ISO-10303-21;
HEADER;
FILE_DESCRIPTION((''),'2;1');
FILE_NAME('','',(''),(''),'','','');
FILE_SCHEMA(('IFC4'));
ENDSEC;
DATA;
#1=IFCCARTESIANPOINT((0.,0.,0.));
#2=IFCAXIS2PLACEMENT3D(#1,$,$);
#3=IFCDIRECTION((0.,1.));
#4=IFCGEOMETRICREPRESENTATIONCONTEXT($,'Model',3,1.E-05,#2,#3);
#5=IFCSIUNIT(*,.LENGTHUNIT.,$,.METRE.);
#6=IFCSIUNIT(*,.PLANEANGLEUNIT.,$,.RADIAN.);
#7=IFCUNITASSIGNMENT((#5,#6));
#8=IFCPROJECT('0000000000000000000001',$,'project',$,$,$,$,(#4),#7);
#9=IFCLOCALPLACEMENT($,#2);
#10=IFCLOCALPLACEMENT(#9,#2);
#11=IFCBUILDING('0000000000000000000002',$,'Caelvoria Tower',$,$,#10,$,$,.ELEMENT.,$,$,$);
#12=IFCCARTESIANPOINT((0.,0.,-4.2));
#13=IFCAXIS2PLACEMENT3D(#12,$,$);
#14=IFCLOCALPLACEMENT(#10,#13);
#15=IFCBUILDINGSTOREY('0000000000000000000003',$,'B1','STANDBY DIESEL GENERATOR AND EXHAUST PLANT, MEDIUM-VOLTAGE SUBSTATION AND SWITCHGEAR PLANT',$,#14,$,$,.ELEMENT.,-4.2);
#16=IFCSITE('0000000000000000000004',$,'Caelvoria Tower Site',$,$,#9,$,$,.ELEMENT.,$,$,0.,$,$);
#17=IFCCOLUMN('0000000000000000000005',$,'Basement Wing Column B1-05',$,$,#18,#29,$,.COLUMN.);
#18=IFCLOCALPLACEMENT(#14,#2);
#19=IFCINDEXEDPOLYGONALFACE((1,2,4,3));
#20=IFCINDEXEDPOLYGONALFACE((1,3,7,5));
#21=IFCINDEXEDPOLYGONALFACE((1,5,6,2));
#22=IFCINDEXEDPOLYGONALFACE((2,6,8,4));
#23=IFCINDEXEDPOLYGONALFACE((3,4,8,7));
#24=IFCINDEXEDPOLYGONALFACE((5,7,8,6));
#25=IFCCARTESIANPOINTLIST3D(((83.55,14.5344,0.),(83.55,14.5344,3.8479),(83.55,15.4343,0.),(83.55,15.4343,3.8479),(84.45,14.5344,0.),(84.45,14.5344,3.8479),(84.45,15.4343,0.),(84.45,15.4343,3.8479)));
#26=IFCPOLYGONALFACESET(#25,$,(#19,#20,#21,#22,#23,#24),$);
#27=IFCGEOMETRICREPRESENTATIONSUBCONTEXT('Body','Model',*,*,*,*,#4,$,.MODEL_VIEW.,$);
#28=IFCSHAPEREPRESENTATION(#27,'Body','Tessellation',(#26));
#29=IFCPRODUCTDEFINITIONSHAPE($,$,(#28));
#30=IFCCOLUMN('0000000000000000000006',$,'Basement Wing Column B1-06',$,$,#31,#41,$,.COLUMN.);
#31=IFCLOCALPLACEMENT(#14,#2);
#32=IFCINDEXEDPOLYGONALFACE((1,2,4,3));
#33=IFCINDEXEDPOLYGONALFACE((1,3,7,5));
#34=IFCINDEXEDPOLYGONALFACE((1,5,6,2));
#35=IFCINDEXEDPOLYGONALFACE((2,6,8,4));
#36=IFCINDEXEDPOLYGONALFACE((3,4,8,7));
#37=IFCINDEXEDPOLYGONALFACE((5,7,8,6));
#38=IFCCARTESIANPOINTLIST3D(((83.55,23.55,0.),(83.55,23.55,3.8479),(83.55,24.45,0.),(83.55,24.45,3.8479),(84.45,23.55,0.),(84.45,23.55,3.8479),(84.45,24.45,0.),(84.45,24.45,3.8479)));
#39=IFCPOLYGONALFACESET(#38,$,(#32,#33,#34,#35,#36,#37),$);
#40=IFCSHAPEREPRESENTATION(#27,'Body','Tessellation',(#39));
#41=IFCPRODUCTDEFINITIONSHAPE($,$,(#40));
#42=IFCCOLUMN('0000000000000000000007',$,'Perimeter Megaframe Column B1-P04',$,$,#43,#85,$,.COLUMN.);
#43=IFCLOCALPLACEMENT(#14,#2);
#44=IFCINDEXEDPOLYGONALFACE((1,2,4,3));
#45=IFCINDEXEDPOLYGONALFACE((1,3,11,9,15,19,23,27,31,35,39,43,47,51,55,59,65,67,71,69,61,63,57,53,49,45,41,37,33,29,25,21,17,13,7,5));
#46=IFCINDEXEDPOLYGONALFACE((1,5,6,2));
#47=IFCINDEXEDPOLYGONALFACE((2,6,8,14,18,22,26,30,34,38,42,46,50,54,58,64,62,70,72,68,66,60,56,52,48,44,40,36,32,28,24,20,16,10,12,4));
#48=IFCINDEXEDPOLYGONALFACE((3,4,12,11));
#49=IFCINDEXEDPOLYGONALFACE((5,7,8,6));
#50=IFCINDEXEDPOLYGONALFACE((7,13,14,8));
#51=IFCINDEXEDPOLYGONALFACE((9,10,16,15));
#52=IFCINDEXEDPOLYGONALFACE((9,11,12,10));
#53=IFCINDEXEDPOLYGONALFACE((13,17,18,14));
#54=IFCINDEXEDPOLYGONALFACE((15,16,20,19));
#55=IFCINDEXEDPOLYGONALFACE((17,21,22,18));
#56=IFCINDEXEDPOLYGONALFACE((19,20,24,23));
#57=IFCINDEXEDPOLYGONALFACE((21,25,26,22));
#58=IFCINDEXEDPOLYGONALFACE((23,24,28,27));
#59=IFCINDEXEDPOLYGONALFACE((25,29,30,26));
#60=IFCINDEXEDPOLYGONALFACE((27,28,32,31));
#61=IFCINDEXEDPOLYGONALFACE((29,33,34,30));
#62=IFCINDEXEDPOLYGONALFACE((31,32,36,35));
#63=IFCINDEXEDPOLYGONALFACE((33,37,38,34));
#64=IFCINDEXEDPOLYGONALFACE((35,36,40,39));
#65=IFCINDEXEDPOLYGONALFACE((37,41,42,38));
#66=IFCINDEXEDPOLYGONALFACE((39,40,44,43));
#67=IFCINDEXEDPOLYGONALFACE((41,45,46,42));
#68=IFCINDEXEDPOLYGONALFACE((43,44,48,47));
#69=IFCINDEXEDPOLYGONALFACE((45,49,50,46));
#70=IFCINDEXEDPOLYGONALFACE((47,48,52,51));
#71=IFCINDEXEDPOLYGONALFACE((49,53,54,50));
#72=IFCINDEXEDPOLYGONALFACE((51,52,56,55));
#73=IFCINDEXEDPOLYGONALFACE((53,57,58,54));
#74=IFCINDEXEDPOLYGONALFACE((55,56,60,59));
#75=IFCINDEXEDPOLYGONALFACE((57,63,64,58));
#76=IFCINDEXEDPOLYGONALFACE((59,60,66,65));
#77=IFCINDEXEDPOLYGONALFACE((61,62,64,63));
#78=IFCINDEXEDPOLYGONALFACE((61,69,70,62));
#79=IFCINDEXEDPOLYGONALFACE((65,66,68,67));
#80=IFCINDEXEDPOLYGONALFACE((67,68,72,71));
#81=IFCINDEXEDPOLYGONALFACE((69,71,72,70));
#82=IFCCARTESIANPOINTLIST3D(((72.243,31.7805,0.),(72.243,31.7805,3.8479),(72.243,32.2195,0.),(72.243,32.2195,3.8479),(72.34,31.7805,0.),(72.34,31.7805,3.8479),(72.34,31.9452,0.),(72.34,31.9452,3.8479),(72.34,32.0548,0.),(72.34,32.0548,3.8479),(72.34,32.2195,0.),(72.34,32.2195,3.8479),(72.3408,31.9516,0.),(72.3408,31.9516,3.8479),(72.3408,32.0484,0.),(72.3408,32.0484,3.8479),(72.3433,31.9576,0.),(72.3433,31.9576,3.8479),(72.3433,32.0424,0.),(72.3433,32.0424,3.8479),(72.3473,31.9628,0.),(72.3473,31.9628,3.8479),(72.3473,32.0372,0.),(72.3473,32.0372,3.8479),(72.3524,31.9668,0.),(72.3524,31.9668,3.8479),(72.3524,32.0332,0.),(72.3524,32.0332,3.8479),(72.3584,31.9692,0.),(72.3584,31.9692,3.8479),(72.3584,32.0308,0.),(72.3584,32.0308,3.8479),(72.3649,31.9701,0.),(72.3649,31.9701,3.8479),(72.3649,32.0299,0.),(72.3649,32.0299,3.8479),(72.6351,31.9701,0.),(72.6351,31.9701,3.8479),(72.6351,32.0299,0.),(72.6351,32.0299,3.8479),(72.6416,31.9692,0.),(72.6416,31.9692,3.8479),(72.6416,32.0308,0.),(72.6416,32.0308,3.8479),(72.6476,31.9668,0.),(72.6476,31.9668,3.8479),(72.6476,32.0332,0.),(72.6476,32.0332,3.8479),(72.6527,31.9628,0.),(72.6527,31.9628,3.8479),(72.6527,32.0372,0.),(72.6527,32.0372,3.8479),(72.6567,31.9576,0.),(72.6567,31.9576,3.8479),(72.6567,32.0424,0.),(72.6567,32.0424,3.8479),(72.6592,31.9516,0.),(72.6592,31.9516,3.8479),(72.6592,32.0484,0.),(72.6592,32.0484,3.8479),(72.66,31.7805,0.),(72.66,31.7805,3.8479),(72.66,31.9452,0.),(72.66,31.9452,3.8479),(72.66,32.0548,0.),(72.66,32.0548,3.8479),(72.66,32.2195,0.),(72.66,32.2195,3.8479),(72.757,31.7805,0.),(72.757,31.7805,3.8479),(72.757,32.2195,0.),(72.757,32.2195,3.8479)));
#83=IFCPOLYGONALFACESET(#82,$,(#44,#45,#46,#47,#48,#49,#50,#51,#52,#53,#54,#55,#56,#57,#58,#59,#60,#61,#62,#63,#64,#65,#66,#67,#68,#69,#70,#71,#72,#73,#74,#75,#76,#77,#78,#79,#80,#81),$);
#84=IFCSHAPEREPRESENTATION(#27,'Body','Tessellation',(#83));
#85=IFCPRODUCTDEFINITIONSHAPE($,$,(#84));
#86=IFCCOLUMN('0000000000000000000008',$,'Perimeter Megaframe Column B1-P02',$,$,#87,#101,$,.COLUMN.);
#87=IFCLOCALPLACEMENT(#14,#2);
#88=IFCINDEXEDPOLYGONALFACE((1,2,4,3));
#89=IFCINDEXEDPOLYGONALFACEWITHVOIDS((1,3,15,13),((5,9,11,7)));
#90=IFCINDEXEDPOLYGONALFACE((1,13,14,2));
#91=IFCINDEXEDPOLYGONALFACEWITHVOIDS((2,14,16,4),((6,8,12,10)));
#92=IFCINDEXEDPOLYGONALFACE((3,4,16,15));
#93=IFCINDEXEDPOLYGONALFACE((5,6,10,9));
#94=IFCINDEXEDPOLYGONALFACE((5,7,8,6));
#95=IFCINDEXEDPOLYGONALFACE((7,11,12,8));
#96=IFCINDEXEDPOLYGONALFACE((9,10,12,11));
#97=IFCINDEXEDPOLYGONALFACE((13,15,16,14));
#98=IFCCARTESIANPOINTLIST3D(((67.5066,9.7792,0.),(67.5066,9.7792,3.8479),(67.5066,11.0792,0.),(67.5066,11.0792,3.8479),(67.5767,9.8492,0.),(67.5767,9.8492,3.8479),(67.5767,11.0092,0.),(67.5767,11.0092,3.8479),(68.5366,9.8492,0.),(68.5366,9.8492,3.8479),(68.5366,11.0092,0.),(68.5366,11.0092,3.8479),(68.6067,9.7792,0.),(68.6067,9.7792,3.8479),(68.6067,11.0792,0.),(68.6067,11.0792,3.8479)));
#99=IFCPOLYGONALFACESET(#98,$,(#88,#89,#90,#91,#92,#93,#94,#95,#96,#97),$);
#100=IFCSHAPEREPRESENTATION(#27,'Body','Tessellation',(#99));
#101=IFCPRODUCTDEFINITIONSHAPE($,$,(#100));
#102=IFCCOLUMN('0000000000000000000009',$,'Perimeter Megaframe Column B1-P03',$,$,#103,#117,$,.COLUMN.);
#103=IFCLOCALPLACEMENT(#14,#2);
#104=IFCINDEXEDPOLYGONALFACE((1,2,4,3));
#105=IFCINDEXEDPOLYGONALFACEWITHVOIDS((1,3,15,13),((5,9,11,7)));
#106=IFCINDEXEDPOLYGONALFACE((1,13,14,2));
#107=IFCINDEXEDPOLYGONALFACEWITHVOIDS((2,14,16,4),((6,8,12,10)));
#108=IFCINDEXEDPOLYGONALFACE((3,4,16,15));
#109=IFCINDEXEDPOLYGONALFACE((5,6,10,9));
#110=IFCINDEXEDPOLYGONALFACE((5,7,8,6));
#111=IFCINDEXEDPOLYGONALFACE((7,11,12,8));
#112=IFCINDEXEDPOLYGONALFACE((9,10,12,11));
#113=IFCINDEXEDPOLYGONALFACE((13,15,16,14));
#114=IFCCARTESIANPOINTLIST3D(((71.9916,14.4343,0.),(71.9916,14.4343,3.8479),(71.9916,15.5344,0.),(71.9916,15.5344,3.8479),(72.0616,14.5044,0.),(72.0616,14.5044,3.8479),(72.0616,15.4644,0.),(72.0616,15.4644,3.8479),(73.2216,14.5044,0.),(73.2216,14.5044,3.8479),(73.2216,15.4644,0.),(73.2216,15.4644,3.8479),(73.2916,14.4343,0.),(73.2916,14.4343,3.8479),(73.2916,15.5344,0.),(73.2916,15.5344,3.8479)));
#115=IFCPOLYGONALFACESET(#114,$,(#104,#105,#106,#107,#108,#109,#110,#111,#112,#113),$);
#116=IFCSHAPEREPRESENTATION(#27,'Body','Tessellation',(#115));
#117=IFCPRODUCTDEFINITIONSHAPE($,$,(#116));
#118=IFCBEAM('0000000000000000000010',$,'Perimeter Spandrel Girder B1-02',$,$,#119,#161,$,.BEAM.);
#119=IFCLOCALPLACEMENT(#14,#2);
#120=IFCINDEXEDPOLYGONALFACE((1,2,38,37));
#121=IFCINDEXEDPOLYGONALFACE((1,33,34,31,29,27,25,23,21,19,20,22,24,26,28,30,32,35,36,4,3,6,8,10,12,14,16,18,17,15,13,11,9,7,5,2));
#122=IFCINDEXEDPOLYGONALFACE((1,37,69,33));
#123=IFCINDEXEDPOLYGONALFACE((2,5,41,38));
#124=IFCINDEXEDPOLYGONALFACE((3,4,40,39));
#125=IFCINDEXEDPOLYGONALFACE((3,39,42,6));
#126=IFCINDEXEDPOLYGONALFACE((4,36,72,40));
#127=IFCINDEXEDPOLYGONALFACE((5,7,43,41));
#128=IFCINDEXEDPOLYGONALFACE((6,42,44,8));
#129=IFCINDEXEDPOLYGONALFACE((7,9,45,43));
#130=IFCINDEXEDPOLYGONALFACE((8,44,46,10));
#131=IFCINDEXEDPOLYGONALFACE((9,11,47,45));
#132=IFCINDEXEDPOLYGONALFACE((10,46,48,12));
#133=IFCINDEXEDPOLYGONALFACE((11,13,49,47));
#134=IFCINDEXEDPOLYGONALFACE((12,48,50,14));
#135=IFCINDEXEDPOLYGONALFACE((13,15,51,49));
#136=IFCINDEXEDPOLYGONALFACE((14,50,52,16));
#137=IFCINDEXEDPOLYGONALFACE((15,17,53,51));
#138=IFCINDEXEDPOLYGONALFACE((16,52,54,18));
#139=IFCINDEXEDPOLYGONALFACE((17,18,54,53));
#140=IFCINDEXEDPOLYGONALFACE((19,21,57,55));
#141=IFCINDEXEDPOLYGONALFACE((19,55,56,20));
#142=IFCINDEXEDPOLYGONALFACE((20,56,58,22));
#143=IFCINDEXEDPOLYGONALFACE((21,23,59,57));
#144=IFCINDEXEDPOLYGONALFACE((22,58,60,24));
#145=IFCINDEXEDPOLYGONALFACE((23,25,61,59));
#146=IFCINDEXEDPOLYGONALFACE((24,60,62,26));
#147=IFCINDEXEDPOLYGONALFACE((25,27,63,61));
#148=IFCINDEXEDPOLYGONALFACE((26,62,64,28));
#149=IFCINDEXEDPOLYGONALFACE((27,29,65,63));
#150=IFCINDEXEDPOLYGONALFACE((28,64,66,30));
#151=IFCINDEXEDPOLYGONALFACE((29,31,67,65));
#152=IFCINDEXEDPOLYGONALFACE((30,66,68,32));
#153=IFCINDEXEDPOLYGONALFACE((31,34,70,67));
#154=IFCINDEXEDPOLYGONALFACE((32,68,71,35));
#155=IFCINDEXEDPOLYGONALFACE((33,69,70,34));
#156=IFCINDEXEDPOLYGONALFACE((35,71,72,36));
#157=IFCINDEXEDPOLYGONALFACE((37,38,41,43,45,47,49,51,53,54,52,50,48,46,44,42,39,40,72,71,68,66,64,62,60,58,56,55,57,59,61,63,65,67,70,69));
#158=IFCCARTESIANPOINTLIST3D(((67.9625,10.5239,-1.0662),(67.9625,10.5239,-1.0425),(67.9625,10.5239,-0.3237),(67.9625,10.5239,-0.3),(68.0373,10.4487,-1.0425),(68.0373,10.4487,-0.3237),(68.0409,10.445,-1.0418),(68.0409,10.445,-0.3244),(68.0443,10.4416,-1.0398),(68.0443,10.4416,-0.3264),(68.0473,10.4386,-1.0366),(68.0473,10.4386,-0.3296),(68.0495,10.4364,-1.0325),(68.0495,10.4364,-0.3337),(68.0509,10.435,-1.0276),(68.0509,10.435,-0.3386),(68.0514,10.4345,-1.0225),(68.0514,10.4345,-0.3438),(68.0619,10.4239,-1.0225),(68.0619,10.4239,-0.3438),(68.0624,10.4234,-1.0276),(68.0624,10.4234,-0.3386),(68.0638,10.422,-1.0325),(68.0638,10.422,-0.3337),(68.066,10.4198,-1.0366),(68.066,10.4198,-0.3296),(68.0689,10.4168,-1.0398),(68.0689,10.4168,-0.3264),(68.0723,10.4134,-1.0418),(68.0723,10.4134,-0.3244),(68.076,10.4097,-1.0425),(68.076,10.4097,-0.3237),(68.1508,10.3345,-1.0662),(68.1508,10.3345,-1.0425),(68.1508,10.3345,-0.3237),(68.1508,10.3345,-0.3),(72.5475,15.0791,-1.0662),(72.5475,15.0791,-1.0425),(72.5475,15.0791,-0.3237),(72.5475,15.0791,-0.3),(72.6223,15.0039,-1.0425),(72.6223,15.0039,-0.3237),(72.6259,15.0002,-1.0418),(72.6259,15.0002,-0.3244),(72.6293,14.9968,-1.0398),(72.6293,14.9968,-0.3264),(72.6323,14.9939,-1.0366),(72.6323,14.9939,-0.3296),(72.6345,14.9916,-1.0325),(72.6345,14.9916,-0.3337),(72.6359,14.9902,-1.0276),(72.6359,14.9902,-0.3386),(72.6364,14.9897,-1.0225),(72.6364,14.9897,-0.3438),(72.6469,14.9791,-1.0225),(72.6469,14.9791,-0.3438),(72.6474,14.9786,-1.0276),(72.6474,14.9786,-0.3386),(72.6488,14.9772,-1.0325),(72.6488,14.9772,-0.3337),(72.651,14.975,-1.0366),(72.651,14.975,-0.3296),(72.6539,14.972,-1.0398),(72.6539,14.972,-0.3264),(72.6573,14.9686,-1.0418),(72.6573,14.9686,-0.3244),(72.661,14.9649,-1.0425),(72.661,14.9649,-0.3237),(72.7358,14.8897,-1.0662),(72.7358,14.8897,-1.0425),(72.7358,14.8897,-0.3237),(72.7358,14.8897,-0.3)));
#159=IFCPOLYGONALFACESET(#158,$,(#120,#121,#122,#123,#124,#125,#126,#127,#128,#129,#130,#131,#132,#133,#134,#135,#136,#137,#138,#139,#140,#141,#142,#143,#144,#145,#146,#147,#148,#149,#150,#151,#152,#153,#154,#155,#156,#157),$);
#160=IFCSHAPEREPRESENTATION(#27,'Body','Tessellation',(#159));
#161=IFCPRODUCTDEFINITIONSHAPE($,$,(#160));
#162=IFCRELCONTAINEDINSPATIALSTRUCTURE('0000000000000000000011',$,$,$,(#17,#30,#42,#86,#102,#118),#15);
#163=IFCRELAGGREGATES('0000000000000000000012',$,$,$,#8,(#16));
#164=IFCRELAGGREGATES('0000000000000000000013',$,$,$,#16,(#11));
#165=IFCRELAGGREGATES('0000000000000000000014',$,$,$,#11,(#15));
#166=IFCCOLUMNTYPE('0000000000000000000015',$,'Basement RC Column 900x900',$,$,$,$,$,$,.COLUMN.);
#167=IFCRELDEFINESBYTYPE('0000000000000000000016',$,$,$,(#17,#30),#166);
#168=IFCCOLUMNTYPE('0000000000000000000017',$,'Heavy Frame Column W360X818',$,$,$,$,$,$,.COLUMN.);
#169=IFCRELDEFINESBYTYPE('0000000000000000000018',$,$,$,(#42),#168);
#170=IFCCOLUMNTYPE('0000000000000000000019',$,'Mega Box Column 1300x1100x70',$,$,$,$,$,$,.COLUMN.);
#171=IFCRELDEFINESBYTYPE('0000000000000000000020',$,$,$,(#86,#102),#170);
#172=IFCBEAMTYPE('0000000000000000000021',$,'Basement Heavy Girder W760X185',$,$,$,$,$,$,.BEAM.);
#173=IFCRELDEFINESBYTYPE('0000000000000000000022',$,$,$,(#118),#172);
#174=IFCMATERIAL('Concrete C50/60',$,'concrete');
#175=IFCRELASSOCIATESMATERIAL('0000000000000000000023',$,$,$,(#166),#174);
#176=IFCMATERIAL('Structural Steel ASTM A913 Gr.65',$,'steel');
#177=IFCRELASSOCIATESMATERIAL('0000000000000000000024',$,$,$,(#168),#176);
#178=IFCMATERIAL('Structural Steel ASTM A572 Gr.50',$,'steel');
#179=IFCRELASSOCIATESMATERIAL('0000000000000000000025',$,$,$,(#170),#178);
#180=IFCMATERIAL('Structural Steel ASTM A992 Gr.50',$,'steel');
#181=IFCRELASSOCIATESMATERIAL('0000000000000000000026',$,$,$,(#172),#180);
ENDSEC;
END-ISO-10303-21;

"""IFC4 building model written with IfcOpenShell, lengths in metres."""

from ifc_helpers import new_model, si_unit, direction, frame, origin, origin_2d, place, context, subcontext, project, spatial, rectangle, hollow_rectangle, i_section, extrude, material, material_profile, profile_set, type_object, element, save


model = new_model("IFC4")

# Units and contexts
model_context = context("Model", 3, precision=1e-05, world=origin(), true_north=direction((0.0, 1.0)))
body_context = subcontext(model_context, "Body", "Model", "MODEL_VIEW")
ifc_project = project(units=[si_unit("LENGTHUNIT", "METRE"), si_unit("PLANEANGLEUNIT", "RADIAN")], contexts=[model_context])

# Site, building, storey
site_placement = place(None, origin())
site = spatial("IfcSite", under=ifc_project, at=site_placement, Name="Caelvoria Tower Site", CompositionType="ELEMENT", RefElevation=0.0)
building_placement = place(site_placement, origin())
building = spatial("IfcBuilding", under=site, at=building_placement, Name="Caelvoria Tower", CompositionType="ELEMENT")
storey_placement = place(building_placement, frame((0.0, 0.0, -4.2)))
storey = spatial("IfcBuildingStorey", under=building, at=storey_placement, Name="B1", Description="STANDBY DIESEL GENERATOR AND EXHAUST PLANT, MEDIUM-VOLTAGE SUBSTATION AND SWITCHGEAR PLANT", CompositionType="ELEMENT", Elevation=-4.2)

# Columns
ifc_material_1 = material(Name="Concrete C50/60", Category="concrete")
ifc_material_profile_1 = material_profile(ifc_material_1, rectangle(XDim=0.8999, YDim=0.8999, at=origin_2d()), Name="Concrete C50/60")
ifc_profile_set_1 = profile_set([ifc_material_profile_1], Name="RC_COL_900X900 - Concrete C50/60")
column_type_1 = type_object("IfcColumnType", Name="Basement RC Column 900x900", PredefinedType="COLUMN", material=ifc_profile_set_1)
for number, where, z_axis, x_axis, name in (
    (1, (84.0, 14.9844, 0.0), (0.0, 0.0, 1.0), (1.0, 0.0, 0.0), "Basement Wing Column B1-05"),
    (2, (84.0, 24.0, 0.0), (0.0, 0.0, 1.0), (1.0, 0.0, 0.0), "Basement Wing Column B1-06"),
):
    element("IfcColumn", number, at=place(storey_placement, frame(where, z_axis=z_axis, x_axis=x_axis)), inside=storey, type_object=column_type_1, Name=name, PredefinedType="COLUMN", context=body_context, shape_type="SweptSolid", body=[
        extrude(rectangle(XDim=0.8999, YDim=0.8999, at=origin_2d()), origin(), (0.0, 0.0, 1.0), 3.8479),
    ])
ifc_material_2 = material(Name="Structural Steel ASTM A913 Gr.65", Category="steel")
ifc_material_profile_2 = material_profile(ifc_material_2, i_section(OverallWidth=0.439, OverallDepth=0.5139, WebThickness=0.0598, FlangeThickness=0.0969, FilletRadius=0.0249, at=origin_2d()), Name="Structural Steel ASTM A913 Gr.65")
ifc_profile_set_2 = profile_set([ifc_material_profile_2], Name="W360X818 - Structural Steel ASTM A913 Gr.65")
column_type_2 = type_object("IfcColumnType", Name="Heavy Frame Column W360X818", PredefinedType="COLUMN", material=ifc_profile_set_2)
column_placement = place(storey_placement, frame((72.5, 32.0, 0.0), z_axis=(0.0, 0.0, 1.0), x_axis=(0.0, 1.0, 0.0)))
element("IfcColumn", 3, at=column_placement, inside=storey, type_object=column_type_2, Name="Perimeter Megaframe Column B1-P04", PredefinedType="COLUMN", context=body_context, shape_type="SweptSolid", body=[
    extrude(i_section(OverallWidth=0.439, OverallDepth=0.5139, WebThickness=0.0598, FlangeThickness=0.0969, FilletRadius=0.0249, at=origin_2d()), origin(), (0.0, 0.0, 1.0), 3.8479),
])
ifc_material_3 = material(Name="Structural Steel ASTM A572 Gr.50", Category="steel")
ifc_material_profile_3 = material_profile(ifc_material_3, hollow_rectangle(XDim=1.1001, YDim=1.3, WallThickness=0.0701, at=origin_2d()), Name="Structural Steel ASTM A572 Gr.50")
ifc_profile_set_3 = profile_set([ifc_material_profile_3], Name="BOX1300X1100X70 - Structural Steel ASTM A572 Gr.50")
column_type_3 = type_object("IfcColumnType", Name="Mega Box Column 1300x1100x70", PredefinedType="COLUMN", material=ifc_profile_set_3)
for number, where, z_axis, x_axis, name in (
    (4, (68.0566, 10.4292, 0.0), (0.0, 0.0, 1.0), (1.0, 0.0, 0.0), "Perimeter Megaframe Column B1-P02"),
    (5, (72.6416, 14.9844, 0.0), (0.0, 0.0, 1.0), (0.0, 1.0, 0.0), "Perimeter Megaframe Column B1-P03"),
):
    element("IfcColumn", number, at=place(storey_placement, frame(where, z_axis=z_axis, x_axis=x_axis)), inside=storey, type_object=column_type_3, Name=name, PredefinedType="COLUMN", context=body_context, shape_type="SweptSolid", body=[
        extrude(hollow_rectangle(XDim=1.1001, YDim=1.3, WallThickness=0.0701, at=origin_2d()), origin(), (0.0, 0.0, 1.0), 3.8479),
    ])

# Beam
ifc_material_4 = material(Name="Structural Steel ASTM A992 Gr.50", Category="steel")
ifc_material_profile_4 = material_profile(ifc_material_4, i_section(OverallWidth=0.2671, OverallDepth=0.7661, WebThickness=0.0149, FlangeThickness=0.0237, FilletRadius=0.02, at=origin_2d()), Name="Structural Steel ASTM A992 Gr.50")
ifc_profile_set_4 = profile_set([ifc_material_profile_4], Name="W760X185 - Structural Steel ASTM A992 Gr.50")
beam_type = type_object("IfcBeamType", Name="Basement Heavy Girder W760X185", PredefinedType="BEAM", material=ifc_profile_set_4)
beam_1_placement = place(storey_placement, frame((68.0566, 10.4292, -0.6831), z_axis=(0.709407, 0.704799, 0.0), x_axis=(-0.704799, 0.709407, 0.0)))
element("IfcBeam", 6, at=beam_1_placement, inside=storey, type_object=beam_type, Name="Perimeter Spandrel Girder B1-02", PredefinedType="BEAM", context=body_context, shape_type="SweptSolid", body=[
    extrude(i_section(OverallWidth=0.2671, OverallDepth=0.7661, WebThickness=0.0149, FlangeThickness=0.0237, FilletRadius=0.02, at=origin_2d()), origin(), (0.0, 0.0, 1.0), 6.4631),
])

save(model, "model.ifc")
